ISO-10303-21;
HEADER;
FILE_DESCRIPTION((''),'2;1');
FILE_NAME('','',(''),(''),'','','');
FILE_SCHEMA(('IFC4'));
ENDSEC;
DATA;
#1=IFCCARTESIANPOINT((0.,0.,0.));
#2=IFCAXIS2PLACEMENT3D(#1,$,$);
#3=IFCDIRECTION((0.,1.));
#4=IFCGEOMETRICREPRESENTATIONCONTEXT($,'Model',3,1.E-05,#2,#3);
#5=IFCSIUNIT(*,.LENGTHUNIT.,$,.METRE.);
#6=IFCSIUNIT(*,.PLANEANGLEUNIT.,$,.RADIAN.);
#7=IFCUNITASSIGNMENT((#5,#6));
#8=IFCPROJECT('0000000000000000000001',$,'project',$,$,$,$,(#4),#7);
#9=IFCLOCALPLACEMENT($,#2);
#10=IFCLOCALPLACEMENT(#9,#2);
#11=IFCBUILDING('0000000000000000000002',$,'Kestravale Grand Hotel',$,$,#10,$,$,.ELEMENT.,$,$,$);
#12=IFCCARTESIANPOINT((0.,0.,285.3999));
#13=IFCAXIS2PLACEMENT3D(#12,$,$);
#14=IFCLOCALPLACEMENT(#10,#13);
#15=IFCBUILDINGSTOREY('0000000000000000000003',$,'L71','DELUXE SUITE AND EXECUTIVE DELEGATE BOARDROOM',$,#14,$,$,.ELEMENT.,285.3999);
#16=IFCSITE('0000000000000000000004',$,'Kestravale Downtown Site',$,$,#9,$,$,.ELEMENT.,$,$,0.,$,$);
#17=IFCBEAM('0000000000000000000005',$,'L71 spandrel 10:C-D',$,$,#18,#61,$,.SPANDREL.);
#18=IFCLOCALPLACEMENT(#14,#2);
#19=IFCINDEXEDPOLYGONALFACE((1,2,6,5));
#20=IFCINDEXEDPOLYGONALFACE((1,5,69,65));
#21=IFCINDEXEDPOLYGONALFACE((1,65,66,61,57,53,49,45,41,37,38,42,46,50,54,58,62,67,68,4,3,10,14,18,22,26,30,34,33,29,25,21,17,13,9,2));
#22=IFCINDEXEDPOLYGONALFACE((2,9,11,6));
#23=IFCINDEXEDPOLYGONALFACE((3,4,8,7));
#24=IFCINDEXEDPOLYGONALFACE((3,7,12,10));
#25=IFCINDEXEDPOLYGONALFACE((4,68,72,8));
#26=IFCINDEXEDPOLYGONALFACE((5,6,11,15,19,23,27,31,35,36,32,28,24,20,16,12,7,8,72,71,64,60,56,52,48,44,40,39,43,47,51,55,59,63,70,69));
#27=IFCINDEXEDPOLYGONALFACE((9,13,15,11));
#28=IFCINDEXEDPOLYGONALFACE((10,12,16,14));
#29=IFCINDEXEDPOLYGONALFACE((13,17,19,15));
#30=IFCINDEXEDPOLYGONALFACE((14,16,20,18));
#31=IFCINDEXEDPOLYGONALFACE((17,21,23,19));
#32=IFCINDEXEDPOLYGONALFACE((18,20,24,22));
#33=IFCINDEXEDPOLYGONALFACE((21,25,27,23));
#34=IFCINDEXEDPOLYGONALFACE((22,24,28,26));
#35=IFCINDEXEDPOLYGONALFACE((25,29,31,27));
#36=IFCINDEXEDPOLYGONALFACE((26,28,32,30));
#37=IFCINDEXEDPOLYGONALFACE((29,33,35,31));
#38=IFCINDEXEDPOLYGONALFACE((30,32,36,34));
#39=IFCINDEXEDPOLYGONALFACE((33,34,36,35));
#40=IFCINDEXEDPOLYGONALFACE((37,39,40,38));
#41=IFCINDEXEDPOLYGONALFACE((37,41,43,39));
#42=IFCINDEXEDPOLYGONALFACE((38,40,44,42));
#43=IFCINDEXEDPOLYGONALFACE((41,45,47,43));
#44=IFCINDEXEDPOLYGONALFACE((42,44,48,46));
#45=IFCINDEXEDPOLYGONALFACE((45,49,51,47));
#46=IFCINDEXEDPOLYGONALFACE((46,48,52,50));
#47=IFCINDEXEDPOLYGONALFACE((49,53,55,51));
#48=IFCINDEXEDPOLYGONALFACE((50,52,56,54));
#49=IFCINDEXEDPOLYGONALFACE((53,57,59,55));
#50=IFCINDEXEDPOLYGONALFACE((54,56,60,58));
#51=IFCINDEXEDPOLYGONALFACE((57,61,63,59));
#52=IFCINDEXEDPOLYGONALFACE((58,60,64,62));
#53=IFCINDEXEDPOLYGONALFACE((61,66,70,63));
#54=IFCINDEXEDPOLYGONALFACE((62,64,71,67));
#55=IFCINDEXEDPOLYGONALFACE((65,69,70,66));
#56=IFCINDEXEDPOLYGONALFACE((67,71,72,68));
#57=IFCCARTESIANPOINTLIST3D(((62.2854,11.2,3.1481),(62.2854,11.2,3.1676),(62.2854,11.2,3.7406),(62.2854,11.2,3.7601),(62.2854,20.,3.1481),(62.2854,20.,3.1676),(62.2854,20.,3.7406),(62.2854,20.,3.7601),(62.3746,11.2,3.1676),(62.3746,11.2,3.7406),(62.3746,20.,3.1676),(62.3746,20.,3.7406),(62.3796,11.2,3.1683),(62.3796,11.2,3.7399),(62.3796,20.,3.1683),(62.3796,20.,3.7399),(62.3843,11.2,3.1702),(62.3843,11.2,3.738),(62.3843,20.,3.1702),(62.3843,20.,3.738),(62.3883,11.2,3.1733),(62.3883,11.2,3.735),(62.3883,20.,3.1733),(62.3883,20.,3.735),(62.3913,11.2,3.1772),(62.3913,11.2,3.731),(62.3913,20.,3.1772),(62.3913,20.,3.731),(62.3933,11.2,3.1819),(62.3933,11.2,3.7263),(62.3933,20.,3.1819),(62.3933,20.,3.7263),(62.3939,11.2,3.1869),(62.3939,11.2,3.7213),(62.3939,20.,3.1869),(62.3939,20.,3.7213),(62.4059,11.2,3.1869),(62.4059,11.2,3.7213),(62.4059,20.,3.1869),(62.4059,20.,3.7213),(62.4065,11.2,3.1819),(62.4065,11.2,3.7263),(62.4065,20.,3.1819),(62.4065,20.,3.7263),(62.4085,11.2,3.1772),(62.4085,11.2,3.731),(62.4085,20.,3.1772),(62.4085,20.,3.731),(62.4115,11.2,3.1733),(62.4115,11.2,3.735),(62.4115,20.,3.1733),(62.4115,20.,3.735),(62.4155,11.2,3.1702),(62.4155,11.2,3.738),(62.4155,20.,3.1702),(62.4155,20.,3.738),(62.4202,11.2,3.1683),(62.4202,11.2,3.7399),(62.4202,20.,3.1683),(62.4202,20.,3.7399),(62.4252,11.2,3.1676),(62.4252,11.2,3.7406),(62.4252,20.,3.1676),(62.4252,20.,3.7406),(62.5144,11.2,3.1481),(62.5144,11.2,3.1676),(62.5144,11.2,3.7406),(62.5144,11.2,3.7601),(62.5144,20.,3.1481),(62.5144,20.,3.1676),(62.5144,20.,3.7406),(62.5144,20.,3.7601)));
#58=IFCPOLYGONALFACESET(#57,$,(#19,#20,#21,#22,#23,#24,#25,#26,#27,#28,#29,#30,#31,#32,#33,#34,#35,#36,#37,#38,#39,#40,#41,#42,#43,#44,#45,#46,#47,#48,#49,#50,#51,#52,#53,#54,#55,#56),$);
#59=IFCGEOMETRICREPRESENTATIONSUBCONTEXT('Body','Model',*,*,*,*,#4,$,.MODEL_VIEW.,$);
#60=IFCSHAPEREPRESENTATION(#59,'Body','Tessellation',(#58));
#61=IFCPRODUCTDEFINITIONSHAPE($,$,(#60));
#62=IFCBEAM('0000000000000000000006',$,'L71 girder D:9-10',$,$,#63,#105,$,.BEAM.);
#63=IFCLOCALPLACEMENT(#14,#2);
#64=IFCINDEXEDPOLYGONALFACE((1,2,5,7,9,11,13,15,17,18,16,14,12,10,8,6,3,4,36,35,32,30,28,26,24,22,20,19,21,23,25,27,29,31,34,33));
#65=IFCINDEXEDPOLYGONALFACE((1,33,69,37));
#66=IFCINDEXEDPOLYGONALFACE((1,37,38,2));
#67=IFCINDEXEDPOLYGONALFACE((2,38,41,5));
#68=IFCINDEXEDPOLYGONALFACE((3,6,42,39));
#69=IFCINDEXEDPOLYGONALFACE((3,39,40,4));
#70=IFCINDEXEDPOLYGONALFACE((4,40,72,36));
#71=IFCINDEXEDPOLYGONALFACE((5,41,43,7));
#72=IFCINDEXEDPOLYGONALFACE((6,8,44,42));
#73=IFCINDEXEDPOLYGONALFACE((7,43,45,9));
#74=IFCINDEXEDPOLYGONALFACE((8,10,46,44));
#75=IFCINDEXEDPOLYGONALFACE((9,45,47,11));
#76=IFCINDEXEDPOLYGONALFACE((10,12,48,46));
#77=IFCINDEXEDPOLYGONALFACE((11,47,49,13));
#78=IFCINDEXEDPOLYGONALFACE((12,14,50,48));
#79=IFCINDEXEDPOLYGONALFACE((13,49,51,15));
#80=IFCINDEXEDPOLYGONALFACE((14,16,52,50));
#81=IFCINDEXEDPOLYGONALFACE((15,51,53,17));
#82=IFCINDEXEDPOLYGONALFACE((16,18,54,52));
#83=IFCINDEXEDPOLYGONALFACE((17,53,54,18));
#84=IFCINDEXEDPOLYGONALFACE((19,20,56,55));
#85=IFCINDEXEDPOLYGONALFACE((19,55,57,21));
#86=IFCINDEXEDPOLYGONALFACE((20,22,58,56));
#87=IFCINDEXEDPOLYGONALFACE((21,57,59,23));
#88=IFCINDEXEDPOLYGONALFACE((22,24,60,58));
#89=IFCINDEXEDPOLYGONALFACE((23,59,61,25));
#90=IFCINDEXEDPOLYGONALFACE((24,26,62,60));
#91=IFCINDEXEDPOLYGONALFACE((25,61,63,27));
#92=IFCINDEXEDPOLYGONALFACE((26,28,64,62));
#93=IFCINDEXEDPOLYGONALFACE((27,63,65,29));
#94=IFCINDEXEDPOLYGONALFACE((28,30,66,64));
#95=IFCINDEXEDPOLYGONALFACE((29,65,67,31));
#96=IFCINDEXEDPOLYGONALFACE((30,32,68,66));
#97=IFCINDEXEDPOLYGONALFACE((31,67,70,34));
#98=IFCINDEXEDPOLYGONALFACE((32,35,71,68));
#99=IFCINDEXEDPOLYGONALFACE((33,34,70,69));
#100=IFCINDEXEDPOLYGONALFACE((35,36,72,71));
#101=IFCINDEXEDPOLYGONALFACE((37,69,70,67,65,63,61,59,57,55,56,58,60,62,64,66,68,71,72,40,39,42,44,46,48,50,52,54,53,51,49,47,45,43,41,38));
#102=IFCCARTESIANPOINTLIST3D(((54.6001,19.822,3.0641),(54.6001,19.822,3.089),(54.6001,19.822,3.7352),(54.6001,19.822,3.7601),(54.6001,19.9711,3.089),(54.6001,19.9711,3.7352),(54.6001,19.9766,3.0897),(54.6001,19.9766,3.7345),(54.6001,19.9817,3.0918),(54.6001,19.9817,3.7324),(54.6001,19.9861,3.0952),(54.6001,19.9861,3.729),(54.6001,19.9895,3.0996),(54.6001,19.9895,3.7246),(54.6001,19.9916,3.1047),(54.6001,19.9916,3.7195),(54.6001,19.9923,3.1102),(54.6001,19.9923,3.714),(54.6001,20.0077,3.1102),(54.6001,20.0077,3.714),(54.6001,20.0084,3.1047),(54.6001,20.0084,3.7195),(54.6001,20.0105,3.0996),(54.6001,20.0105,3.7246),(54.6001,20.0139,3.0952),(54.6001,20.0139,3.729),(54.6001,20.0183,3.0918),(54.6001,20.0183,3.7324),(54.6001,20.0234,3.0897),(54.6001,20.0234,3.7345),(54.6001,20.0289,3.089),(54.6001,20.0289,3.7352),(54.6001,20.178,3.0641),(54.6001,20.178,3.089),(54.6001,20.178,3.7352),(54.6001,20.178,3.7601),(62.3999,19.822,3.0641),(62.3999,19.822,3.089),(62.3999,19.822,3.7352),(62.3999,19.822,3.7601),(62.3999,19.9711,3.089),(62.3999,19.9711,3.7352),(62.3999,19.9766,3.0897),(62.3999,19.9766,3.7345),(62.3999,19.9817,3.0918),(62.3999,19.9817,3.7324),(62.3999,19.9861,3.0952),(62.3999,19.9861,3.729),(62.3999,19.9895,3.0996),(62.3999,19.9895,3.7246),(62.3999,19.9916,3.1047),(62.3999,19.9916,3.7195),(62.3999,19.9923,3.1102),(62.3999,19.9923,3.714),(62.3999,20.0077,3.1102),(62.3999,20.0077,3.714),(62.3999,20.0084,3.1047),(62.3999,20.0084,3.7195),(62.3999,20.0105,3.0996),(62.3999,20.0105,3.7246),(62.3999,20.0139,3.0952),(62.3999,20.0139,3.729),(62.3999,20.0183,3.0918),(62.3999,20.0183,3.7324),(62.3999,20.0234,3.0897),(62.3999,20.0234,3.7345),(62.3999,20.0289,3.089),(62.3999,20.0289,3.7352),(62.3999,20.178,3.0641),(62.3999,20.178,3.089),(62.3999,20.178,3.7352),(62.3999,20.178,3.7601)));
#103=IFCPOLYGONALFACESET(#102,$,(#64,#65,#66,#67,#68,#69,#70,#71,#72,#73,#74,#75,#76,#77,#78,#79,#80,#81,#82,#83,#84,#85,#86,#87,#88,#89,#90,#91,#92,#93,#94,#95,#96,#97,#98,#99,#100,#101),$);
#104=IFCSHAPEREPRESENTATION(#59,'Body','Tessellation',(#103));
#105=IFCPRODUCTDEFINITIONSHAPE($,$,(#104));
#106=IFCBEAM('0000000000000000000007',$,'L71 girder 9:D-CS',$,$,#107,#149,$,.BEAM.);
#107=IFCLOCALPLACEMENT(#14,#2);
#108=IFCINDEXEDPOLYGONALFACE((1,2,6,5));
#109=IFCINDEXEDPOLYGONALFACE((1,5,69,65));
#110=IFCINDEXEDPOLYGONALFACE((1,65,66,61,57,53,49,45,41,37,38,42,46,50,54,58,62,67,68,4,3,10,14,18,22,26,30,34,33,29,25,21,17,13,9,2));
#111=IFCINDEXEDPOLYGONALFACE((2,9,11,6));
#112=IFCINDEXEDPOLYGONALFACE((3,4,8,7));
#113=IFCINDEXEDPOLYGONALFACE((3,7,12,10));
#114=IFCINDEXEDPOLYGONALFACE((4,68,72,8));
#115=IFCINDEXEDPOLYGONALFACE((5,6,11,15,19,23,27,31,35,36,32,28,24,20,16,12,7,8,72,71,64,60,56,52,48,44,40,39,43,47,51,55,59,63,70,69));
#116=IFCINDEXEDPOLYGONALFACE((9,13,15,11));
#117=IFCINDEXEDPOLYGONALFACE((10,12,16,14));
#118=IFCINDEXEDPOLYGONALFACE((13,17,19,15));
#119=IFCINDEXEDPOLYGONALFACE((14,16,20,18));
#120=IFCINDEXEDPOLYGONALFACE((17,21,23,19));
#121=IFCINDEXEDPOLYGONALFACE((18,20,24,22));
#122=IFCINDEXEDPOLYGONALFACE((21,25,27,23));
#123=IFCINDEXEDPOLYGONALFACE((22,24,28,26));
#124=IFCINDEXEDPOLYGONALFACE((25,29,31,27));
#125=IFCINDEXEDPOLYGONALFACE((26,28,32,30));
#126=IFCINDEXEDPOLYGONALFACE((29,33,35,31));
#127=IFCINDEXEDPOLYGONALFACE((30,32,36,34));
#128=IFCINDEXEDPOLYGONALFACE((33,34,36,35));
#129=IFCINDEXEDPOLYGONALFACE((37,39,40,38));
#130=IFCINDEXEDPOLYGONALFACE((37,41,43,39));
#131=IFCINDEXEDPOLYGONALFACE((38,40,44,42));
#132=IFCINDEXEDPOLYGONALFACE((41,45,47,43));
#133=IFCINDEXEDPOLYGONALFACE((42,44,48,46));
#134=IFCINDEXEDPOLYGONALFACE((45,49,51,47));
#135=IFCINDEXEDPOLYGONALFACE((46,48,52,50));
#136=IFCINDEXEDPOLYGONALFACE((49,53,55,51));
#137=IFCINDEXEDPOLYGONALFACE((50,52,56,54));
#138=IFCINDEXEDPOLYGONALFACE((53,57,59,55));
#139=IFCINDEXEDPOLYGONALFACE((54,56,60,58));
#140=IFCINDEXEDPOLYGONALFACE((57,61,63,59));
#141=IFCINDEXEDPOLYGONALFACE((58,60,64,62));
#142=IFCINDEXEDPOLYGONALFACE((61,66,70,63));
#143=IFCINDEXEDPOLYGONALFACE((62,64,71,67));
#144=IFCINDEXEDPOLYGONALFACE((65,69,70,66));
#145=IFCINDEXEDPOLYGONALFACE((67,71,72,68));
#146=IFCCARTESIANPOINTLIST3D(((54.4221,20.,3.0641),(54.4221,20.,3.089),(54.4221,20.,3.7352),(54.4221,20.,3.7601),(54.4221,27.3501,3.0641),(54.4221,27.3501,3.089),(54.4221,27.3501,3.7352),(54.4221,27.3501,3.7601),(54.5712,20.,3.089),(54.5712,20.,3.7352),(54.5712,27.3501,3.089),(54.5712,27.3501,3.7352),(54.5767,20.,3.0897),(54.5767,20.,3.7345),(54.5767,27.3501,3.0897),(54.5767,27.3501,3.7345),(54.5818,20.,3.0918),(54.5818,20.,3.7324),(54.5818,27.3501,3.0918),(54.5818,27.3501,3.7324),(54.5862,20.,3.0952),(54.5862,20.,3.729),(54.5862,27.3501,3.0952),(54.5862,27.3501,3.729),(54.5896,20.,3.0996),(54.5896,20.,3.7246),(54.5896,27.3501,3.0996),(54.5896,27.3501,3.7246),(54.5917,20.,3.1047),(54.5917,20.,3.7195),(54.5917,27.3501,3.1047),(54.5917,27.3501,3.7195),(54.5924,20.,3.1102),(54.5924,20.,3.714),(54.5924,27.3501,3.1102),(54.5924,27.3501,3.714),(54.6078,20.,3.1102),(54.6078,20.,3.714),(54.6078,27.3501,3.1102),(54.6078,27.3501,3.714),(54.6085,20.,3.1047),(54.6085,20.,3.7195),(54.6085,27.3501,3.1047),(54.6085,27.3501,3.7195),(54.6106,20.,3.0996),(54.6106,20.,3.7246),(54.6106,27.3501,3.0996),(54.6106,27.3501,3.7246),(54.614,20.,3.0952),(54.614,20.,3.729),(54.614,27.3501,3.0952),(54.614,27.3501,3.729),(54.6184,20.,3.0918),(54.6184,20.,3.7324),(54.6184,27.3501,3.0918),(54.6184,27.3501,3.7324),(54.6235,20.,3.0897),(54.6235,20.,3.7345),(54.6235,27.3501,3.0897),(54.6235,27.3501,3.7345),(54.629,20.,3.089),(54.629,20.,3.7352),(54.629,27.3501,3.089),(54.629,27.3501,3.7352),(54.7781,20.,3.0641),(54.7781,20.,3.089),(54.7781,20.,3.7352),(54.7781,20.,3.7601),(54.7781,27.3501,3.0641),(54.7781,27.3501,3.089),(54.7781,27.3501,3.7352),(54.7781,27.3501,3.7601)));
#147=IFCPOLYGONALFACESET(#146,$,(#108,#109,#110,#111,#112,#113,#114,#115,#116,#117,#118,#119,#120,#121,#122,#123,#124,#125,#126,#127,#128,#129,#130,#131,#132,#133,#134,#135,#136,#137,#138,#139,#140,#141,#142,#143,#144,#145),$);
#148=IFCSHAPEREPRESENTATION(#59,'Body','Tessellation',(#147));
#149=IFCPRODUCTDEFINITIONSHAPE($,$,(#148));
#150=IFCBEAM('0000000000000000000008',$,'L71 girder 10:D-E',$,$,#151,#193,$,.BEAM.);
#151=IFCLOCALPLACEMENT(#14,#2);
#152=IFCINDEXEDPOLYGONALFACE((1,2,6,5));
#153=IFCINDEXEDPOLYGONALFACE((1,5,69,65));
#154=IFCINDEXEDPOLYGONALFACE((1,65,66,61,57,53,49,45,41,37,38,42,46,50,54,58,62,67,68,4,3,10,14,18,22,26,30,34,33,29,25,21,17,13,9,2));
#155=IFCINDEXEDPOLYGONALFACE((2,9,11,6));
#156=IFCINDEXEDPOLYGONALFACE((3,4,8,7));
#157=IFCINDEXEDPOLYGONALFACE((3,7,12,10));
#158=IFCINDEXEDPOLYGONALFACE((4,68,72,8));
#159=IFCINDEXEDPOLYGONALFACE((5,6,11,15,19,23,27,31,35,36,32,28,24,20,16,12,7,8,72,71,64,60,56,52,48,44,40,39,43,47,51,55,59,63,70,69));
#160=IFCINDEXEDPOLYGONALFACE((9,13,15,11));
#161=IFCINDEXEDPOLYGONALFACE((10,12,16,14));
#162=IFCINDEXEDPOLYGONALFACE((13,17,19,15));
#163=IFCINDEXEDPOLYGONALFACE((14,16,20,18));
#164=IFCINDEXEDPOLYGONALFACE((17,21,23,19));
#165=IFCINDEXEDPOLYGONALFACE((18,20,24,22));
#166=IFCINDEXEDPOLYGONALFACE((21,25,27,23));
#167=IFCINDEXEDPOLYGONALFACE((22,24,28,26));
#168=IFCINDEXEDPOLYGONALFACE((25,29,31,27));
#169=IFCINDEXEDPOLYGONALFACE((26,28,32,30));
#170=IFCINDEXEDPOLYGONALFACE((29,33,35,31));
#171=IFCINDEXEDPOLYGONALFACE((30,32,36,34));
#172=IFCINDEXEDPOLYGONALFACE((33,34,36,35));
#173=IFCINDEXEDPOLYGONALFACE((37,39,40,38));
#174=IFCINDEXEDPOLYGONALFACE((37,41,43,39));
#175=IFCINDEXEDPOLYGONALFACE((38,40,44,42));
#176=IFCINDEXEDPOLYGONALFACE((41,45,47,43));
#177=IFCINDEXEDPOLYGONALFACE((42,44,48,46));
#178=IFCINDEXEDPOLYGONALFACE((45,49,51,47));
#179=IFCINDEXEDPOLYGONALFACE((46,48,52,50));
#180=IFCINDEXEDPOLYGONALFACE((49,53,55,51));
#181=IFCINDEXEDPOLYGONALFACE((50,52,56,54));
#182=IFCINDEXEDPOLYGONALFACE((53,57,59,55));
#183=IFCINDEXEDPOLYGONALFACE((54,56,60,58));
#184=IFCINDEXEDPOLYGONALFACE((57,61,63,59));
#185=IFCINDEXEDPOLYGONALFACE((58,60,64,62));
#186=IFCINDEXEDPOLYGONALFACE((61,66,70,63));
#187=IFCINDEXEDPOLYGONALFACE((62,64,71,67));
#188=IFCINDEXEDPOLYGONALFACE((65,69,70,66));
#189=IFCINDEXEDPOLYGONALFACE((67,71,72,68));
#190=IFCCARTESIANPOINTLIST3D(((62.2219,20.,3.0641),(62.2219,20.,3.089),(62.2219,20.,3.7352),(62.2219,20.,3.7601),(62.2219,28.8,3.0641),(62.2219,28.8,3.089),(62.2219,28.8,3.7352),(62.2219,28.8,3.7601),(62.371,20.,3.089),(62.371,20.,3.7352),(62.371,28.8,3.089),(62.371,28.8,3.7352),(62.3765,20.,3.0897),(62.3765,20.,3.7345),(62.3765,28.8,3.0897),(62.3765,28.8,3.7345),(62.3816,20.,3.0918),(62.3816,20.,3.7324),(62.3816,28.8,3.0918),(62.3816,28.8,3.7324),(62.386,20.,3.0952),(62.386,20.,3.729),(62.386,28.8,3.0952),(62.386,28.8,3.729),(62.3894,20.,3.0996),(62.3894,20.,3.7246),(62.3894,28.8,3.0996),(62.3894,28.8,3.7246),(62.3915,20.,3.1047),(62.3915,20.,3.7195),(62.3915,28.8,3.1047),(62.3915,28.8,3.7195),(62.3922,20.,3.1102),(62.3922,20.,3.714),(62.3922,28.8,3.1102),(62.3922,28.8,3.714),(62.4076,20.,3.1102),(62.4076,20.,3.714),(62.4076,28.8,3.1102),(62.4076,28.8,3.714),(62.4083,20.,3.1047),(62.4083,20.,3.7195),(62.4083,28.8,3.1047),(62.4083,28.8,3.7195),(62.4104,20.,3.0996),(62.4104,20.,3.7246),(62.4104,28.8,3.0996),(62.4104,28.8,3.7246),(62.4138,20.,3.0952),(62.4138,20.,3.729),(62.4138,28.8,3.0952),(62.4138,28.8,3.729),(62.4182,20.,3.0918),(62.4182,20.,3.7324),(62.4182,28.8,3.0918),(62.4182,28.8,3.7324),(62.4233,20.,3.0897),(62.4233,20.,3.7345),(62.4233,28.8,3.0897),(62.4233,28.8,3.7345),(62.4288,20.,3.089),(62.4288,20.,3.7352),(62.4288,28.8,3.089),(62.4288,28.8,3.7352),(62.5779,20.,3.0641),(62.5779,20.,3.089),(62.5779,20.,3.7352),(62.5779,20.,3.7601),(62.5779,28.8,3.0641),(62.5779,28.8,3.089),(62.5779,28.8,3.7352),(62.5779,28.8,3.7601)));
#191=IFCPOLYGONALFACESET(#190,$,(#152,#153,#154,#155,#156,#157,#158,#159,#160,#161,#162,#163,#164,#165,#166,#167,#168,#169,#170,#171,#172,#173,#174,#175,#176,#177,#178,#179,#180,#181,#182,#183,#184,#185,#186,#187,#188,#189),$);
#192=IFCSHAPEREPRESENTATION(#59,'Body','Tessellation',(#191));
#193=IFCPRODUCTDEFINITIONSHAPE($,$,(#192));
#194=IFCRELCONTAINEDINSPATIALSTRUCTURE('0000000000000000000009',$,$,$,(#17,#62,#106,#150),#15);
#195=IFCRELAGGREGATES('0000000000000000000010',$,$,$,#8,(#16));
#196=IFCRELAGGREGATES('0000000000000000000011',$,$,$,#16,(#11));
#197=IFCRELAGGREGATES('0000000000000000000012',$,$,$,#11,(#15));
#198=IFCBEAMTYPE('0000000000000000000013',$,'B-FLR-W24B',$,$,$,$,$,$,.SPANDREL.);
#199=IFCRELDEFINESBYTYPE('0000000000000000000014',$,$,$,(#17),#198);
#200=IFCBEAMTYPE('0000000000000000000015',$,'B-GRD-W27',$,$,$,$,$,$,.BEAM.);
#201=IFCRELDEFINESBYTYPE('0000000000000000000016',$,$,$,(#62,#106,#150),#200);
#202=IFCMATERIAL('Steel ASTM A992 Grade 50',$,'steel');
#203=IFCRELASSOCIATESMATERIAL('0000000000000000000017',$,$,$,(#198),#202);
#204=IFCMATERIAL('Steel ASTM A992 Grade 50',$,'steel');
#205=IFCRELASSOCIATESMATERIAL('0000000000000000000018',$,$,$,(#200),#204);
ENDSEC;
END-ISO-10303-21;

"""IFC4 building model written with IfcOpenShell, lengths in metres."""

from ifc_helpers import new_model, si_unit, direction, frame, origin, origin_2d, place, context, subcontext, project, spatial, i_section, extrude, material, material_profile, profile_set, type_object, element, save


model = new_model("IFC4")

# Units and contexts
model_context = context("Model", 3, precision=1e-05, world=origin(), true_north=direction((0.0, 1.0)))
body_context = subcontext(model_context, "Body", "Model", "MODEL_VIEW")
ifc_project = project(units=[si_unit("LENGTHUNIT", "METRE"), si_unit("PLANEANGLEUNIT", "RADIAN")], contexts=[model_context])

# Site, building, storey
site_placement = place(None, origin())
site = spatial("IfcSite", under=ifc_project, at=site_placement, Name="Kestravale Downtown Site", CompositionType="ELEMENT", RefElevation=0.0)
building_placement = place(site_placement, origin())
building = spatial("IfcBuilding", under=site, at=building_placement, Name="Kestravale Grand Hotel", CompositionType="ELEMENT")
storey_placement = place(building_placement, frame((0.0, 0.0, 285.3999)))
storey = spatial("IfcBuildingStorey", under=building, at=storey_placement, Name="L71", Description="DELUXE SUITE AND EXECUTIVE DELEGATE BOARDROOM", CompositionType="ELEMENT", Elevation=285.3999)

# Beams
ifc_material_1 = material(Name="Steel ASTM A992 Grade 50", Category="steel")
ifc_material_profile_1 = material_profile(ifc_material_1, i_section(OverallWidth=0.229, OverallDepth=0.6121, WebThickness=0.012, FlangeThickness=0.0195, FilletRadius=0.0193, at=origin_2d()))
ifc_profile_set_1 = profile_set([ifc_material_profile_1], Name="Steel ASTM A992 Grade 50")
beam_type_1 = type_object("IfcBeamType", Name="B-FLR-W24B", PredefinedType="SPANDREL", material=ifc_profile_set_1)
for number, where, z_axis, x_axis, name in (
    (1, (62.3999, 11.2, 3.4541), (0.0, 1.0, 0.0), (-1.0, 0.0, 0.0), "L71 spandrel 10:C-D"),
):
    element("IfcBeam", number, at=place(storey_placement, frame(where, z_axis=z_axis, x_axis=x_axis)), inside=storey, type_object=beam_type_1, Name=name, PredefinedType="SPANDREL", context=body_context, shape_type="SweptSolid", body=[
        extrude(i_section(OverallWidth=0.229, OverallDepth=0.6121, WebThickness=0.012, FlangeThickness=0.0195, FilletRadius=0.0193, at=origin_2d()), origin(), (0.0, 0.0, 1.0), 8.8),
    ])
ifc_material_2 = material(Name="Steel ASTM A992 Grade 50", Category="steel")
ifc_material_profile_2 = material_profile(ifc_material_2, i_section(OverallWidth=0.356, OverallDepth=0.696, WebThickness=0.0154, FlangeThickness=0.0249, FilletRadius=0.0212, at=origin_2d()))
ifc_profile_set_2 = profile_set([ifc_material_profile_2], Name="Steel ASTM A992 Grade 50")
beam_type_2 = type_object("IfcBeamType", Name="B-GRD-W27", PredefinedType="BEAM", material=ifc_profile_set_2)
beam_1_placement = place(storey_placement, frame((54.6001, 20.0, 3.4121), z_axis=(1.0, 0.0, 0.0), x_axis=(0.0, 1.0, 0.0)))
element("IfcBeam", 2, at=beam_1_placement, inside=storey, type_object=beam_type_2, Name="L71 girder D:9-10", PredefinedType="BEAM", context=body_context, shape_type="SweptSolid", body=[
    extrude(i_section(OverallWidth=0.356, OverallDepth=0.696, WebThickness=0.0154, FlangeThickness=0.0249, FilletRadius=0.0212, at=origin_2d()), origin(), (0.0, 0.0, 1.0), 7.7998),
])
beam_2_placement = place(storey_placement, frame((54.6001, 20.0, 3.4121), z_axis=(0.0, 1.0, 0.0), x_axis=(-1.0, 0.0, 0.0)))
element("IfcBeam", 3, at=beam_2_placement, inside=storey, type_object=beam_type_2, Name="L71 girder 9:D-CS", PredefinedType="BEAM", context=body_context, shape_type="SweptSolid", body=[
    extrude(i_section(OverallWidth=0.356, OverallDepth=0.696, WebThickness=0.0154, FlangeThickness=0.0249, FilletRadius=0.0212, at=origin_2d()), origin(), (0.0, 0.0, 1.0), 7.3501),
])
beam_3_placement = place(storey_placement, frame((62.3999, 20.0, 3.4121), z_axis=(0.0, 1.0, 0.0), x_axis=(-1.0, 0.0, 0.0)))
element("IfcBeam", 4, at=beam_3_placement, inside=storey, type_object=beam_type_2, Name="L71 girder 10:D-E", PredefinedType="BEAM", context=body_context, shape_type="SweptSolid", body=[
    extrude(i_section(OverallWidth=0.356, OverallDepth=0.696, WebThickness=0.0154, FlangeThickness=0.0249, FilletRadius=0.0212, at=origin_2d()), origin(), (0.0, 0.0, 1.0), 8.8),
])

save(model, "model.ifc")
